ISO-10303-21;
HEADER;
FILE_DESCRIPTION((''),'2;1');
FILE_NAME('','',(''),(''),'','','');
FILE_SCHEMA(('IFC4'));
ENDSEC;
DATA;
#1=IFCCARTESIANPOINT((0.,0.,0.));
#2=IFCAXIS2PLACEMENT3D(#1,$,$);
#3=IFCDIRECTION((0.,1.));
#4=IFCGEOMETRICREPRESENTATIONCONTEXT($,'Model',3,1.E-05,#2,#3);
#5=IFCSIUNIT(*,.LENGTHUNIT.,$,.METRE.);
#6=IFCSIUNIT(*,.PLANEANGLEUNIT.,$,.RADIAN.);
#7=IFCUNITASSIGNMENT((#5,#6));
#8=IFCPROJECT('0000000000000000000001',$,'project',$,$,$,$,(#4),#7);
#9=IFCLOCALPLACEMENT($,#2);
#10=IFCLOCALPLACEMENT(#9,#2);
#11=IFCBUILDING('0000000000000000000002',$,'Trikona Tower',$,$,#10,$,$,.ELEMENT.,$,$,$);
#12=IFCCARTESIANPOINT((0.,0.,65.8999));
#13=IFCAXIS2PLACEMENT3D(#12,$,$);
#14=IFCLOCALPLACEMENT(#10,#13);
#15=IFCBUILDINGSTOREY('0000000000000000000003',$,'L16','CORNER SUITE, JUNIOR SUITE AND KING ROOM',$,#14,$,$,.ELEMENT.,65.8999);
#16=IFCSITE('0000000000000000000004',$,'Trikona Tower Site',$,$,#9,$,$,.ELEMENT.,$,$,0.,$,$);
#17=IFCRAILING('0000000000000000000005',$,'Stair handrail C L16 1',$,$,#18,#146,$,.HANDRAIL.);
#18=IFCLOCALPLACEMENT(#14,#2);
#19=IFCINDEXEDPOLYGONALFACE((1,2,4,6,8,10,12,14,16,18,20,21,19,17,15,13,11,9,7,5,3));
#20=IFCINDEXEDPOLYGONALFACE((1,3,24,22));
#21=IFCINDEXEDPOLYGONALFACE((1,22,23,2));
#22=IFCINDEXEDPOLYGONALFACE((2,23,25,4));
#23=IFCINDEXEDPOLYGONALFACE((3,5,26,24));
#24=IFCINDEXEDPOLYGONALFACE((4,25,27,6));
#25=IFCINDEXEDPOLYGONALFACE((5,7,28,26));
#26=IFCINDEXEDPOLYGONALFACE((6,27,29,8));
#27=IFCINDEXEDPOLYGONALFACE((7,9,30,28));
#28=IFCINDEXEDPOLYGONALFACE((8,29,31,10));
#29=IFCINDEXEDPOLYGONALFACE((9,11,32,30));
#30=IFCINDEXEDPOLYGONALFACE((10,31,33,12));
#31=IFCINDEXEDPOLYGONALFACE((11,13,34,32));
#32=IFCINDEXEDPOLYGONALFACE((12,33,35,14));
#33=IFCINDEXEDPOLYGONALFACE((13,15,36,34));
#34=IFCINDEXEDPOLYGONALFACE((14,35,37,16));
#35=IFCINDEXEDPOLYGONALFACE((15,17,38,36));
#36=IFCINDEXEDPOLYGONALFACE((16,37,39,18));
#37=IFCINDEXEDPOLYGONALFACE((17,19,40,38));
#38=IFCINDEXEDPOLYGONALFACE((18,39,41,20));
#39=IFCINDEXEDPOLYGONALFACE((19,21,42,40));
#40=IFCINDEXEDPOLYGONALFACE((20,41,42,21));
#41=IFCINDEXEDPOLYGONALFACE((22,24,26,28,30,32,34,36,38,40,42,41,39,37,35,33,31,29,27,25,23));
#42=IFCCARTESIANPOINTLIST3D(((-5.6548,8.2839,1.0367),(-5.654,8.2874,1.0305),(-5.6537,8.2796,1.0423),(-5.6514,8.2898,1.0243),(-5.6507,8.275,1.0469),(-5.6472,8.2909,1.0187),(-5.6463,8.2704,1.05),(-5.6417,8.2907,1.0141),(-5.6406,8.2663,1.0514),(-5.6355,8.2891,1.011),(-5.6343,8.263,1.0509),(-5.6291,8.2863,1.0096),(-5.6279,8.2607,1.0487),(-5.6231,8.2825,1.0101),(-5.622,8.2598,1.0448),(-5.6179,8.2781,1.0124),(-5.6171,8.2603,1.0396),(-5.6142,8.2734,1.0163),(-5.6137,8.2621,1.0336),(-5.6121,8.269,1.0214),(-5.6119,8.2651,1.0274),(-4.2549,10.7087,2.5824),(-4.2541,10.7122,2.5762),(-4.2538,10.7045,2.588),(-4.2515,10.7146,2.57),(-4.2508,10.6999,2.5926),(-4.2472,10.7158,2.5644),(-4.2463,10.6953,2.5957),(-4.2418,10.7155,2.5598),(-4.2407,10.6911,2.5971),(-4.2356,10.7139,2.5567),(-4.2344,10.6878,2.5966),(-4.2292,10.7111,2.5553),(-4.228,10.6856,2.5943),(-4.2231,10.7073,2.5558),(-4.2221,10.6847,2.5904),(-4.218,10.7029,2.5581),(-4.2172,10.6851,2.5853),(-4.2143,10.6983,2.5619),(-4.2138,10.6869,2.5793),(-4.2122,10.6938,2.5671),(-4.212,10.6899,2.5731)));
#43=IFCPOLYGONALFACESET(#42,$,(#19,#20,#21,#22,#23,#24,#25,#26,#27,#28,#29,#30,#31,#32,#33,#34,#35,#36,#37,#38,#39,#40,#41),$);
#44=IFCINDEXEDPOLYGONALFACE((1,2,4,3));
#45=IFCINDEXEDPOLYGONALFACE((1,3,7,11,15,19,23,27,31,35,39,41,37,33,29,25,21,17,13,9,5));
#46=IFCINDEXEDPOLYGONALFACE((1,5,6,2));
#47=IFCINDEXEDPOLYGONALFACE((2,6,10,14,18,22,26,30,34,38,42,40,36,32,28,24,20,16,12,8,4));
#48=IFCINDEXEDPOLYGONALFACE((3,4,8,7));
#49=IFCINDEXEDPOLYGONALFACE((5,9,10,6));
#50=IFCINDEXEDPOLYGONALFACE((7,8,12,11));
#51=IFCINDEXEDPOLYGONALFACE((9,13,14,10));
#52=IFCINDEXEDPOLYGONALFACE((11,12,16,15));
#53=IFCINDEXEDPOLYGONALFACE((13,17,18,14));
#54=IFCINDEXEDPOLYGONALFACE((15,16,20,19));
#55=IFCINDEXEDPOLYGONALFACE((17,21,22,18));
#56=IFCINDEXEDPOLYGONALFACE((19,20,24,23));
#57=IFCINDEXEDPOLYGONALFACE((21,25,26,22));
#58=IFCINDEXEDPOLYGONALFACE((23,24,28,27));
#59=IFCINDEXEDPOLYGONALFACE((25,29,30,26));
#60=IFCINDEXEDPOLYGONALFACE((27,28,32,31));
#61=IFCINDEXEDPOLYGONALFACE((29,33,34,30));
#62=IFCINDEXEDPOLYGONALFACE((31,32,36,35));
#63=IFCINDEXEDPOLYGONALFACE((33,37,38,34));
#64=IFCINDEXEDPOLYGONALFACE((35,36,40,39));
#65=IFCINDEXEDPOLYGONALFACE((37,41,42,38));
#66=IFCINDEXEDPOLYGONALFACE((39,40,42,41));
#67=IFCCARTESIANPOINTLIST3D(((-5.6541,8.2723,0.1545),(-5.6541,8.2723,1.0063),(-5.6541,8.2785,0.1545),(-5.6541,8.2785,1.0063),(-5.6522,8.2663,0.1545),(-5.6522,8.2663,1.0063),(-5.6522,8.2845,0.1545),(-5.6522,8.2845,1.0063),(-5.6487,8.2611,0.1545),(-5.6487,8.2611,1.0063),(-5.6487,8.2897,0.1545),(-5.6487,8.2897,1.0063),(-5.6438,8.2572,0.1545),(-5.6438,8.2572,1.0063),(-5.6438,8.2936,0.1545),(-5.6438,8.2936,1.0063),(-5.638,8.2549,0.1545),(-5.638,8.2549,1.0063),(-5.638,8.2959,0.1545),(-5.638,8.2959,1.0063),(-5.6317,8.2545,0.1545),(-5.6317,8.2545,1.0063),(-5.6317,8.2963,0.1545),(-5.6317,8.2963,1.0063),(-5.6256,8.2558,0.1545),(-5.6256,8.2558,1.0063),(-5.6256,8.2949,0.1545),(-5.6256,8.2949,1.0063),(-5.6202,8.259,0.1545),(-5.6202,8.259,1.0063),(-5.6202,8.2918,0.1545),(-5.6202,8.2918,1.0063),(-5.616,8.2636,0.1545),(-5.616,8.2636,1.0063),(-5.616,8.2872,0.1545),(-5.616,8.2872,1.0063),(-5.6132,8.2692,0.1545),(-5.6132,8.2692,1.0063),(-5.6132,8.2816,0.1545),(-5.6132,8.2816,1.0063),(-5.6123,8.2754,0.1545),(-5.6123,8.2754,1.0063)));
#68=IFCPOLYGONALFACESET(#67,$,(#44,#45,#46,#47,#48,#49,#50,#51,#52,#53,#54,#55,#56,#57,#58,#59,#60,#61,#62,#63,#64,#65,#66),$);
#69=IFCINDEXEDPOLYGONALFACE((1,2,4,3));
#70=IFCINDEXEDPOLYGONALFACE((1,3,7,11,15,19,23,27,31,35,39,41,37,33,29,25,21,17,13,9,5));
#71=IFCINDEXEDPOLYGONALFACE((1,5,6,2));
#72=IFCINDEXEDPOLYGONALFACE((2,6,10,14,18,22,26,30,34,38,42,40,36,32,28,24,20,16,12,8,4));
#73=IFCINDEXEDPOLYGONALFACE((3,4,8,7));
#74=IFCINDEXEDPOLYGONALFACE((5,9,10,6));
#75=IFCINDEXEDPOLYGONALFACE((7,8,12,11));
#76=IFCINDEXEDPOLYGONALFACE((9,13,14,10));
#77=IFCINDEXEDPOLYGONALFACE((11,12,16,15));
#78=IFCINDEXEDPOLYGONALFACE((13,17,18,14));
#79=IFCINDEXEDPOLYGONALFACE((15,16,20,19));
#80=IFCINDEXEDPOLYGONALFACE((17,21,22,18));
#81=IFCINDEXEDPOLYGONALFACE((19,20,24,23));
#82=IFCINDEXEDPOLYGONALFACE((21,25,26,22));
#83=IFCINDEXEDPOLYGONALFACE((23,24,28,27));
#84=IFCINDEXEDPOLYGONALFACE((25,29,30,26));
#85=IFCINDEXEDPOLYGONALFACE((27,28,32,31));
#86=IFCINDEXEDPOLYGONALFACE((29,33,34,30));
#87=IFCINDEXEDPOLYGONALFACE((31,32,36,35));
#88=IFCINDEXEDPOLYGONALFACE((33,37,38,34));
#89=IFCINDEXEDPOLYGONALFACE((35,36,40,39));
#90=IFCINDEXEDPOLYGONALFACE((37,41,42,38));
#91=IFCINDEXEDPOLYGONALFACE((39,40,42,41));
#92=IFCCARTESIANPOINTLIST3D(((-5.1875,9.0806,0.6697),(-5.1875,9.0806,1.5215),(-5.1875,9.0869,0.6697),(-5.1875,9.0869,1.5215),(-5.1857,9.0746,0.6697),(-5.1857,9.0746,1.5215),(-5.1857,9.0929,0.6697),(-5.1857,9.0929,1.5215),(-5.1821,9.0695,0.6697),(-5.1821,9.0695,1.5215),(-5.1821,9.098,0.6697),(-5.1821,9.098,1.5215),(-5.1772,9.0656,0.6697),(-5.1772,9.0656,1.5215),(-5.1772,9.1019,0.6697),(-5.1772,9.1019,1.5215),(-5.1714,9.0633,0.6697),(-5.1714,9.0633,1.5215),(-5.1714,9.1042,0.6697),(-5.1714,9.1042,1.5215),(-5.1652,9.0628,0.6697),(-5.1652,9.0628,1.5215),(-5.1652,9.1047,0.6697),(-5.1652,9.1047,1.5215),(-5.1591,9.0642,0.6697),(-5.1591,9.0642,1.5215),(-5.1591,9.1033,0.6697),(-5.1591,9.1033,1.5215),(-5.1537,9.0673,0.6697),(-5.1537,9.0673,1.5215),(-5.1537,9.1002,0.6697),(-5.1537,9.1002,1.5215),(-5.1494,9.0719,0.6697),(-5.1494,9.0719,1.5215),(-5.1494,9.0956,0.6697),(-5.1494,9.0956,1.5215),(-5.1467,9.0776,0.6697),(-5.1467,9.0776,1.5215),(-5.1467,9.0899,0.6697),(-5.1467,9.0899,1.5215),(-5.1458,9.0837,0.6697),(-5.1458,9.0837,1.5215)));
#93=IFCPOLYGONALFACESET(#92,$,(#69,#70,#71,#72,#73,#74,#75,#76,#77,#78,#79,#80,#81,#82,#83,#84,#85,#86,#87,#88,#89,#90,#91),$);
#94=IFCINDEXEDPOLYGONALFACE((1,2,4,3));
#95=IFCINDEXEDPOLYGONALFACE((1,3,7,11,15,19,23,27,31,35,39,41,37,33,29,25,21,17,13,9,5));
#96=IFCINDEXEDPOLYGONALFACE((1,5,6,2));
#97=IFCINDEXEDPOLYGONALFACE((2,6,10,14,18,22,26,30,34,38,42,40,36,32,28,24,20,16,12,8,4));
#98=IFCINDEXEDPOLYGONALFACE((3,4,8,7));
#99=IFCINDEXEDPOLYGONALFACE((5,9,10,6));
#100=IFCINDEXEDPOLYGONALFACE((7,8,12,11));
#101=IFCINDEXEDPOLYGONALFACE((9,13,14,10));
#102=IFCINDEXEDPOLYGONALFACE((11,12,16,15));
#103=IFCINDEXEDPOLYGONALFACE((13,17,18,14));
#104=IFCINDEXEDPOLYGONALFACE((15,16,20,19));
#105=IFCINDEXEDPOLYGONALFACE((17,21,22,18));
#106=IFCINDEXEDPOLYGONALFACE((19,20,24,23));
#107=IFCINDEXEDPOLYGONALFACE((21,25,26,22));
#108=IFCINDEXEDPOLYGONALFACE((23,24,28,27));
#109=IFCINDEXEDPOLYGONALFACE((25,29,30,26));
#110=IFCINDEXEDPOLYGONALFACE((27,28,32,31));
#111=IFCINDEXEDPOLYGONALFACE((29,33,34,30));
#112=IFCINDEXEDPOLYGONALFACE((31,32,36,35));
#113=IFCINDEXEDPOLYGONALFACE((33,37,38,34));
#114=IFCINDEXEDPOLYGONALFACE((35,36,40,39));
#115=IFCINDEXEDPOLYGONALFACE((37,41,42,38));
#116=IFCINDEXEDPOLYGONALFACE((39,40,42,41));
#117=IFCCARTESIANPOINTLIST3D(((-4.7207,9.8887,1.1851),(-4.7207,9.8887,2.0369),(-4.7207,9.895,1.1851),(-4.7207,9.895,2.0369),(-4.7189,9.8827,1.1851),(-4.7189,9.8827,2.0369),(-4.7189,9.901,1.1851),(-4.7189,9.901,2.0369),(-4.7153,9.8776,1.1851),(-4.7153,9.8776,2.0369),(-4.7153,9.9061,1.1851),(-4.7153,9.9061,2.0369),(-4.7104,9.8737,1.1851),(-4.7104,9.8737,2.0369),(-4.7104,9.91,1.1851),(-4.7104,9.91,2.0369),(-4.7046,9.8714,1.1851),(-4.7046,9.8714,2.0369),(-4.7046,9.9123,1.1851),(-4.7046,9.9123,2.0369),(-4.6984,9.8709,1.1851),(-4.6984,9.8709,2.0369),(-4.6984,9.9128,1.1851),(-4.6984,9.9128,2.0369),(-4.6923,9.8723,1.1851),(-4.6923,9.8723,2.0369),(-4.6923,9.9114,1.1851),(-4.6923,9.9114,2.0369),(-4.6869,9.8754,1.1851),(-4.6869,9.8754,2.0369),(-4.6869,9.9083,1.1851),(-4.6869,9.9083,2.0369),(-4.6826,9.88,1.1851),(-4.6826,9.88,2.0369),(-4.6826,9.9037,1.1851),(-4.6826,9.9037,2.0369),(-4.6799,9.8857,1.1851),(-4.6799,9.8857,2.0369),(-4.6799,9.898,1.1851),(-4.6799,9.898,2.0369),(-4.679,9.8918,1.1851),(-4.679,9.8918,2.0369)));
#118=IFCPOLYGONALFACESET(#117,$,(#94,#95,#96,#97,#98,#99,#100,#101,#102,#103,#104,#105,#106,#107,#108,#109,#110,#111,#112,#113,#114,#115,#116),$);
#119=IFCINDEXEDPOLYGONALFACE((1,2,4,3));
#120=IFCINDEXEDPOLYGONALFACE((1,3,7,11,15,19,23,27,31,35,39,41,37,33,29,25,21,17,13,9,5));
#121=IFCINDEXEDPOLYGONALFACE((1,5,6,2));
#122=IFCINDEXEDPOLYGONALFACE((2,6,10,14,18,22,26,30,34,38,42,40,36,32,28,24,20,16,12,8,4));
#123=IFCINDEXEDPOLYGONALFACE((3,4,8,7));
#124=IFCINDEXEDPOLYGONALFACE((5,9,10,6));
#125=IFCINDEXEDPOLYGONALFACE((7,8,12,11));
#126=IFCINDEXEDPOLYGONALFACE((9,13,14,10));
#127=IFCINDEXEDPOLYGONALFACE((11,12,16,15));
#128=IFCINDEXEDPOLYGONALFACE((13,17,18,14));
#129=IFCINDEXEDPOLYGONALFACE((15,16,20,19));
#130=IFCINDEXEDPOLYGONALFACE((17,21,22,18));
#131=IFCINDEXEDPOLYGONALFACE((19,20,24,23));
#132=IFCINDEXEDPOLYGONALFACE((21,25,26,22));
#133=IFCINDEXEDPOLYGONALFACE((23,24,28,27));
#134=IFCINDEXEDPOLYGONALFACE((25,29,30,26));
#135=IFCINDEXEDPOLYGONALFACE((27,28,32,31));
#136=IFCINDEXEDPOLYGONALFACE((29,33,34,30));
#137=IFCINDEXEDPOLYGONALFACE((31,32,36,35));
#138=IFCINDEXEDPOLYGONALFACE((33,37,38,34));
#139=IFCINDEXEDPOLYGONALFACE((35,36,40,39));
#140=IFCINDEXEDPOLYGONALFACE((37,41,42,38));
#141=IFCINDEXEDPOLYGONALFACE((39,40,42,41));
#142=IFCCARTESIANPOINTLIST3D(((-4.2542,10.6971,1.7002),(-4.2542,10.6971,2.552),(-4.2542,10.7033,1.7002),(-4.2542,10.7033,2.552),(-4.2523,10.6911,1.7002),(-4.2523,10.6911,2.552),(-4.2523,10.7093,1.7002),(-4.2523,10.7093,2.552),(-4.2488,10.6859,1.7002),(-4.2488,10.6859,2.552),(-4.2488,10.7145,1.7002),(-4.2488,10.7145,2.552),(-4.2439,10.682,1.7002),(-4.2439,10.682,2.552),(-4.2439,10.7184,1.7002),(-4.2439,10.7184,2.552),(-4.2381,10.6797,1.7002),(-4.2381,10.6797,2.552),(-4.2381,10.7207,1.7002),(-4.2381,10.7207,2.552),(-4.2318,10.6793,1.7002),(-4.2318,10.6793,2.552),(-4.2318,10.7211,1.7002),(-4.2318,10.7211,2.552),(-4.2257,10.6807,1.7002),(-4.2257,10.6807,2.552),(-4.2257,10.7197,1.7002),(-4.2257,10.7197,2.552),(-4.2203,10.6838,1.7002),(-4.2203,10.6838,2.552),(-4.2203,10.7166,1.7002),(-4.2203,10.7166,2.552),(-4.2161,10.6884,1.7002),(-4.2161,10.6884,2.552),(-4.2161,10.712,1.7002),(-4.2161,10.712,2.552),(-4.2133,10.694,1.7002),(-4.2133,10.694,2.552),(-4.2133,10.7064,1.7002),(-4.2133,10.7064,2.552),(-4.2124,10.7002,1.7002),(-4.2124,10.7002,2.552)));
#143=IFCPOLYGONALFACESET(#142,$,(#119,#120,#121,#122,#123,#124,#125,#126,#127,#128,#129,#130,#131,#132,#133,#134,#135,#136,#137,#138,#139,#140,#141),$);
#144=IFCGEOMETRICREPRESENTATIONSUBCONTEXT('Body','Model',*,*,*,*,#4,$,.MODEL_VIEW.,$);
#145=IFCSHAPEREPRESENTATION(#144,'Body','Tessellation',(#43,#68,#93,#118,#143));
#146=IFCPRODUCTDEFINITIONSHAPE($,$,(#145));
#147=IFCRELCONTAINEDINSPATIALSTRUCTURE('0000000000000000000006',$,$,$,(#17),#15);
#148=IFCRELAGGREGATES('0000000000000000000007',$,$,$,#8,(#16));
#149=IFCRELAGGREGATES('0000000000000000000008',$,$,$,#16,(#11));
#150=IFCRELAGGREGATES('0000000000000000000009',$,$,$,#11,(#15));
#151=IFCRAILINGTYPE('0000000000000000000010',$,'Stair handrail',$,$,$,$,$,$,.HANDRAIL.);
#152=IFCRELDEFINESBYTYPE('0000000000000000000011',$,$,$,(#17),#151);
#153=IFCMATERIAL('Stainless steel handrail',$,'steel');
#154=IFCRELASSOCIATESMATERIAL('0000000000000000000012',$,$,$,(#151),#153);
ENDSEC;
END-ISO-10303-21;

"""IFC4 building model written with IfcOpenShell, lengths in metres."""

from ifc_helpers import new_model, si_unit, direction, frame, origin, origin_2d, place, context, subcontext, project, spatial, circle, extrude, material, type_object, element, save


model = new_model("IFC4")

# Units and contexts
model_context = context("Model", 3, precision=1e-05, world=origin(), true_north=direction((0.0, 1.0)))
body_context = subcontext(model_context, "Body", "Model", "MODEL_VIEW")
ifc_project = project(units=[si_unit("LENGTHUNIT", "METRE"), si_unit("PLANEANGLEUNIT", "RADIAN")], contexts=[model_context])

# Site, building, storey
site_placement = place(None, origin())
site = spatial("IfcSite", under=ifc_project, at=site_placement, Name="Trikona Tower Site", CompositionType="ELEMENT", RefElevation=0.0)
building_placement = place(site_placement, origin())
building = spatial("IfcBuilding", under=site, at=building_placement, Name="Trikona Tower", CompositionType="ELEMENT")
storey_placement = place(building_placement, frame((0.0, 0.0, 65.8999)))
storey = spatial("IfcBuildingStorey", under=building, at=storey_placement, Name="L16", Description="CORNER SUITE, JUNIOR SUITE AND KING ROOM", CompositionType="ELEMENT", Elevation=65.8999)

# Railing
ifc_material_1 = material(Name="Stainless steel handrail", Category="steel")
railing_type = type_object("IfcRailingType", Name="Stair handrail", PredefinedType="HANDRAIL", material=ifc_material_1)
railing_1_placement = place(storey_placement, frame((-5.6333, 8.2754, 0.1545)))
element("IfcRailing", 1, at=railing_1_placement, inside=storey, type_object=railing_type, Name="Stair handrail C L16 1", PredefinedType="HANDRAIL", context=body_context, shape_type="SweptSolid", body=[
    extrude(circle(Radius=0.0239, at=origin_2d()), frame((0.0, 0.0, 0.876), z_axis=(0.437716, 0.758179, 0.48329), x_axis=(-0.866035, 0.499984, 0.0)), (0.0, 0.0, 1.0), 3.1982),
    extrude(circle(Radius=0.021, at=origin_2d()), origin(), (0.0, 0.0, 1.0), 0.8518),
    extrude(circle(Radius=0.021, at=origin_2d()), frame((0.4666, 0.8083, 0.5151)), (0.0, 0.0, 1.0), 0.8518),
    extrude(circle(Radius=0.021, at=origin_2d()), frame((0.9333, 1.6165, 1.0305)), (0.0, 0.0, 1.0), 0.8518),
    extrude(circle(Radius=0.021, at=origin_2d()), frame((1.3999, 2.4248, 1.5457)), (0.0, 0.0, 1.0), 0.8518),
])

save(model, "model.ifc")
